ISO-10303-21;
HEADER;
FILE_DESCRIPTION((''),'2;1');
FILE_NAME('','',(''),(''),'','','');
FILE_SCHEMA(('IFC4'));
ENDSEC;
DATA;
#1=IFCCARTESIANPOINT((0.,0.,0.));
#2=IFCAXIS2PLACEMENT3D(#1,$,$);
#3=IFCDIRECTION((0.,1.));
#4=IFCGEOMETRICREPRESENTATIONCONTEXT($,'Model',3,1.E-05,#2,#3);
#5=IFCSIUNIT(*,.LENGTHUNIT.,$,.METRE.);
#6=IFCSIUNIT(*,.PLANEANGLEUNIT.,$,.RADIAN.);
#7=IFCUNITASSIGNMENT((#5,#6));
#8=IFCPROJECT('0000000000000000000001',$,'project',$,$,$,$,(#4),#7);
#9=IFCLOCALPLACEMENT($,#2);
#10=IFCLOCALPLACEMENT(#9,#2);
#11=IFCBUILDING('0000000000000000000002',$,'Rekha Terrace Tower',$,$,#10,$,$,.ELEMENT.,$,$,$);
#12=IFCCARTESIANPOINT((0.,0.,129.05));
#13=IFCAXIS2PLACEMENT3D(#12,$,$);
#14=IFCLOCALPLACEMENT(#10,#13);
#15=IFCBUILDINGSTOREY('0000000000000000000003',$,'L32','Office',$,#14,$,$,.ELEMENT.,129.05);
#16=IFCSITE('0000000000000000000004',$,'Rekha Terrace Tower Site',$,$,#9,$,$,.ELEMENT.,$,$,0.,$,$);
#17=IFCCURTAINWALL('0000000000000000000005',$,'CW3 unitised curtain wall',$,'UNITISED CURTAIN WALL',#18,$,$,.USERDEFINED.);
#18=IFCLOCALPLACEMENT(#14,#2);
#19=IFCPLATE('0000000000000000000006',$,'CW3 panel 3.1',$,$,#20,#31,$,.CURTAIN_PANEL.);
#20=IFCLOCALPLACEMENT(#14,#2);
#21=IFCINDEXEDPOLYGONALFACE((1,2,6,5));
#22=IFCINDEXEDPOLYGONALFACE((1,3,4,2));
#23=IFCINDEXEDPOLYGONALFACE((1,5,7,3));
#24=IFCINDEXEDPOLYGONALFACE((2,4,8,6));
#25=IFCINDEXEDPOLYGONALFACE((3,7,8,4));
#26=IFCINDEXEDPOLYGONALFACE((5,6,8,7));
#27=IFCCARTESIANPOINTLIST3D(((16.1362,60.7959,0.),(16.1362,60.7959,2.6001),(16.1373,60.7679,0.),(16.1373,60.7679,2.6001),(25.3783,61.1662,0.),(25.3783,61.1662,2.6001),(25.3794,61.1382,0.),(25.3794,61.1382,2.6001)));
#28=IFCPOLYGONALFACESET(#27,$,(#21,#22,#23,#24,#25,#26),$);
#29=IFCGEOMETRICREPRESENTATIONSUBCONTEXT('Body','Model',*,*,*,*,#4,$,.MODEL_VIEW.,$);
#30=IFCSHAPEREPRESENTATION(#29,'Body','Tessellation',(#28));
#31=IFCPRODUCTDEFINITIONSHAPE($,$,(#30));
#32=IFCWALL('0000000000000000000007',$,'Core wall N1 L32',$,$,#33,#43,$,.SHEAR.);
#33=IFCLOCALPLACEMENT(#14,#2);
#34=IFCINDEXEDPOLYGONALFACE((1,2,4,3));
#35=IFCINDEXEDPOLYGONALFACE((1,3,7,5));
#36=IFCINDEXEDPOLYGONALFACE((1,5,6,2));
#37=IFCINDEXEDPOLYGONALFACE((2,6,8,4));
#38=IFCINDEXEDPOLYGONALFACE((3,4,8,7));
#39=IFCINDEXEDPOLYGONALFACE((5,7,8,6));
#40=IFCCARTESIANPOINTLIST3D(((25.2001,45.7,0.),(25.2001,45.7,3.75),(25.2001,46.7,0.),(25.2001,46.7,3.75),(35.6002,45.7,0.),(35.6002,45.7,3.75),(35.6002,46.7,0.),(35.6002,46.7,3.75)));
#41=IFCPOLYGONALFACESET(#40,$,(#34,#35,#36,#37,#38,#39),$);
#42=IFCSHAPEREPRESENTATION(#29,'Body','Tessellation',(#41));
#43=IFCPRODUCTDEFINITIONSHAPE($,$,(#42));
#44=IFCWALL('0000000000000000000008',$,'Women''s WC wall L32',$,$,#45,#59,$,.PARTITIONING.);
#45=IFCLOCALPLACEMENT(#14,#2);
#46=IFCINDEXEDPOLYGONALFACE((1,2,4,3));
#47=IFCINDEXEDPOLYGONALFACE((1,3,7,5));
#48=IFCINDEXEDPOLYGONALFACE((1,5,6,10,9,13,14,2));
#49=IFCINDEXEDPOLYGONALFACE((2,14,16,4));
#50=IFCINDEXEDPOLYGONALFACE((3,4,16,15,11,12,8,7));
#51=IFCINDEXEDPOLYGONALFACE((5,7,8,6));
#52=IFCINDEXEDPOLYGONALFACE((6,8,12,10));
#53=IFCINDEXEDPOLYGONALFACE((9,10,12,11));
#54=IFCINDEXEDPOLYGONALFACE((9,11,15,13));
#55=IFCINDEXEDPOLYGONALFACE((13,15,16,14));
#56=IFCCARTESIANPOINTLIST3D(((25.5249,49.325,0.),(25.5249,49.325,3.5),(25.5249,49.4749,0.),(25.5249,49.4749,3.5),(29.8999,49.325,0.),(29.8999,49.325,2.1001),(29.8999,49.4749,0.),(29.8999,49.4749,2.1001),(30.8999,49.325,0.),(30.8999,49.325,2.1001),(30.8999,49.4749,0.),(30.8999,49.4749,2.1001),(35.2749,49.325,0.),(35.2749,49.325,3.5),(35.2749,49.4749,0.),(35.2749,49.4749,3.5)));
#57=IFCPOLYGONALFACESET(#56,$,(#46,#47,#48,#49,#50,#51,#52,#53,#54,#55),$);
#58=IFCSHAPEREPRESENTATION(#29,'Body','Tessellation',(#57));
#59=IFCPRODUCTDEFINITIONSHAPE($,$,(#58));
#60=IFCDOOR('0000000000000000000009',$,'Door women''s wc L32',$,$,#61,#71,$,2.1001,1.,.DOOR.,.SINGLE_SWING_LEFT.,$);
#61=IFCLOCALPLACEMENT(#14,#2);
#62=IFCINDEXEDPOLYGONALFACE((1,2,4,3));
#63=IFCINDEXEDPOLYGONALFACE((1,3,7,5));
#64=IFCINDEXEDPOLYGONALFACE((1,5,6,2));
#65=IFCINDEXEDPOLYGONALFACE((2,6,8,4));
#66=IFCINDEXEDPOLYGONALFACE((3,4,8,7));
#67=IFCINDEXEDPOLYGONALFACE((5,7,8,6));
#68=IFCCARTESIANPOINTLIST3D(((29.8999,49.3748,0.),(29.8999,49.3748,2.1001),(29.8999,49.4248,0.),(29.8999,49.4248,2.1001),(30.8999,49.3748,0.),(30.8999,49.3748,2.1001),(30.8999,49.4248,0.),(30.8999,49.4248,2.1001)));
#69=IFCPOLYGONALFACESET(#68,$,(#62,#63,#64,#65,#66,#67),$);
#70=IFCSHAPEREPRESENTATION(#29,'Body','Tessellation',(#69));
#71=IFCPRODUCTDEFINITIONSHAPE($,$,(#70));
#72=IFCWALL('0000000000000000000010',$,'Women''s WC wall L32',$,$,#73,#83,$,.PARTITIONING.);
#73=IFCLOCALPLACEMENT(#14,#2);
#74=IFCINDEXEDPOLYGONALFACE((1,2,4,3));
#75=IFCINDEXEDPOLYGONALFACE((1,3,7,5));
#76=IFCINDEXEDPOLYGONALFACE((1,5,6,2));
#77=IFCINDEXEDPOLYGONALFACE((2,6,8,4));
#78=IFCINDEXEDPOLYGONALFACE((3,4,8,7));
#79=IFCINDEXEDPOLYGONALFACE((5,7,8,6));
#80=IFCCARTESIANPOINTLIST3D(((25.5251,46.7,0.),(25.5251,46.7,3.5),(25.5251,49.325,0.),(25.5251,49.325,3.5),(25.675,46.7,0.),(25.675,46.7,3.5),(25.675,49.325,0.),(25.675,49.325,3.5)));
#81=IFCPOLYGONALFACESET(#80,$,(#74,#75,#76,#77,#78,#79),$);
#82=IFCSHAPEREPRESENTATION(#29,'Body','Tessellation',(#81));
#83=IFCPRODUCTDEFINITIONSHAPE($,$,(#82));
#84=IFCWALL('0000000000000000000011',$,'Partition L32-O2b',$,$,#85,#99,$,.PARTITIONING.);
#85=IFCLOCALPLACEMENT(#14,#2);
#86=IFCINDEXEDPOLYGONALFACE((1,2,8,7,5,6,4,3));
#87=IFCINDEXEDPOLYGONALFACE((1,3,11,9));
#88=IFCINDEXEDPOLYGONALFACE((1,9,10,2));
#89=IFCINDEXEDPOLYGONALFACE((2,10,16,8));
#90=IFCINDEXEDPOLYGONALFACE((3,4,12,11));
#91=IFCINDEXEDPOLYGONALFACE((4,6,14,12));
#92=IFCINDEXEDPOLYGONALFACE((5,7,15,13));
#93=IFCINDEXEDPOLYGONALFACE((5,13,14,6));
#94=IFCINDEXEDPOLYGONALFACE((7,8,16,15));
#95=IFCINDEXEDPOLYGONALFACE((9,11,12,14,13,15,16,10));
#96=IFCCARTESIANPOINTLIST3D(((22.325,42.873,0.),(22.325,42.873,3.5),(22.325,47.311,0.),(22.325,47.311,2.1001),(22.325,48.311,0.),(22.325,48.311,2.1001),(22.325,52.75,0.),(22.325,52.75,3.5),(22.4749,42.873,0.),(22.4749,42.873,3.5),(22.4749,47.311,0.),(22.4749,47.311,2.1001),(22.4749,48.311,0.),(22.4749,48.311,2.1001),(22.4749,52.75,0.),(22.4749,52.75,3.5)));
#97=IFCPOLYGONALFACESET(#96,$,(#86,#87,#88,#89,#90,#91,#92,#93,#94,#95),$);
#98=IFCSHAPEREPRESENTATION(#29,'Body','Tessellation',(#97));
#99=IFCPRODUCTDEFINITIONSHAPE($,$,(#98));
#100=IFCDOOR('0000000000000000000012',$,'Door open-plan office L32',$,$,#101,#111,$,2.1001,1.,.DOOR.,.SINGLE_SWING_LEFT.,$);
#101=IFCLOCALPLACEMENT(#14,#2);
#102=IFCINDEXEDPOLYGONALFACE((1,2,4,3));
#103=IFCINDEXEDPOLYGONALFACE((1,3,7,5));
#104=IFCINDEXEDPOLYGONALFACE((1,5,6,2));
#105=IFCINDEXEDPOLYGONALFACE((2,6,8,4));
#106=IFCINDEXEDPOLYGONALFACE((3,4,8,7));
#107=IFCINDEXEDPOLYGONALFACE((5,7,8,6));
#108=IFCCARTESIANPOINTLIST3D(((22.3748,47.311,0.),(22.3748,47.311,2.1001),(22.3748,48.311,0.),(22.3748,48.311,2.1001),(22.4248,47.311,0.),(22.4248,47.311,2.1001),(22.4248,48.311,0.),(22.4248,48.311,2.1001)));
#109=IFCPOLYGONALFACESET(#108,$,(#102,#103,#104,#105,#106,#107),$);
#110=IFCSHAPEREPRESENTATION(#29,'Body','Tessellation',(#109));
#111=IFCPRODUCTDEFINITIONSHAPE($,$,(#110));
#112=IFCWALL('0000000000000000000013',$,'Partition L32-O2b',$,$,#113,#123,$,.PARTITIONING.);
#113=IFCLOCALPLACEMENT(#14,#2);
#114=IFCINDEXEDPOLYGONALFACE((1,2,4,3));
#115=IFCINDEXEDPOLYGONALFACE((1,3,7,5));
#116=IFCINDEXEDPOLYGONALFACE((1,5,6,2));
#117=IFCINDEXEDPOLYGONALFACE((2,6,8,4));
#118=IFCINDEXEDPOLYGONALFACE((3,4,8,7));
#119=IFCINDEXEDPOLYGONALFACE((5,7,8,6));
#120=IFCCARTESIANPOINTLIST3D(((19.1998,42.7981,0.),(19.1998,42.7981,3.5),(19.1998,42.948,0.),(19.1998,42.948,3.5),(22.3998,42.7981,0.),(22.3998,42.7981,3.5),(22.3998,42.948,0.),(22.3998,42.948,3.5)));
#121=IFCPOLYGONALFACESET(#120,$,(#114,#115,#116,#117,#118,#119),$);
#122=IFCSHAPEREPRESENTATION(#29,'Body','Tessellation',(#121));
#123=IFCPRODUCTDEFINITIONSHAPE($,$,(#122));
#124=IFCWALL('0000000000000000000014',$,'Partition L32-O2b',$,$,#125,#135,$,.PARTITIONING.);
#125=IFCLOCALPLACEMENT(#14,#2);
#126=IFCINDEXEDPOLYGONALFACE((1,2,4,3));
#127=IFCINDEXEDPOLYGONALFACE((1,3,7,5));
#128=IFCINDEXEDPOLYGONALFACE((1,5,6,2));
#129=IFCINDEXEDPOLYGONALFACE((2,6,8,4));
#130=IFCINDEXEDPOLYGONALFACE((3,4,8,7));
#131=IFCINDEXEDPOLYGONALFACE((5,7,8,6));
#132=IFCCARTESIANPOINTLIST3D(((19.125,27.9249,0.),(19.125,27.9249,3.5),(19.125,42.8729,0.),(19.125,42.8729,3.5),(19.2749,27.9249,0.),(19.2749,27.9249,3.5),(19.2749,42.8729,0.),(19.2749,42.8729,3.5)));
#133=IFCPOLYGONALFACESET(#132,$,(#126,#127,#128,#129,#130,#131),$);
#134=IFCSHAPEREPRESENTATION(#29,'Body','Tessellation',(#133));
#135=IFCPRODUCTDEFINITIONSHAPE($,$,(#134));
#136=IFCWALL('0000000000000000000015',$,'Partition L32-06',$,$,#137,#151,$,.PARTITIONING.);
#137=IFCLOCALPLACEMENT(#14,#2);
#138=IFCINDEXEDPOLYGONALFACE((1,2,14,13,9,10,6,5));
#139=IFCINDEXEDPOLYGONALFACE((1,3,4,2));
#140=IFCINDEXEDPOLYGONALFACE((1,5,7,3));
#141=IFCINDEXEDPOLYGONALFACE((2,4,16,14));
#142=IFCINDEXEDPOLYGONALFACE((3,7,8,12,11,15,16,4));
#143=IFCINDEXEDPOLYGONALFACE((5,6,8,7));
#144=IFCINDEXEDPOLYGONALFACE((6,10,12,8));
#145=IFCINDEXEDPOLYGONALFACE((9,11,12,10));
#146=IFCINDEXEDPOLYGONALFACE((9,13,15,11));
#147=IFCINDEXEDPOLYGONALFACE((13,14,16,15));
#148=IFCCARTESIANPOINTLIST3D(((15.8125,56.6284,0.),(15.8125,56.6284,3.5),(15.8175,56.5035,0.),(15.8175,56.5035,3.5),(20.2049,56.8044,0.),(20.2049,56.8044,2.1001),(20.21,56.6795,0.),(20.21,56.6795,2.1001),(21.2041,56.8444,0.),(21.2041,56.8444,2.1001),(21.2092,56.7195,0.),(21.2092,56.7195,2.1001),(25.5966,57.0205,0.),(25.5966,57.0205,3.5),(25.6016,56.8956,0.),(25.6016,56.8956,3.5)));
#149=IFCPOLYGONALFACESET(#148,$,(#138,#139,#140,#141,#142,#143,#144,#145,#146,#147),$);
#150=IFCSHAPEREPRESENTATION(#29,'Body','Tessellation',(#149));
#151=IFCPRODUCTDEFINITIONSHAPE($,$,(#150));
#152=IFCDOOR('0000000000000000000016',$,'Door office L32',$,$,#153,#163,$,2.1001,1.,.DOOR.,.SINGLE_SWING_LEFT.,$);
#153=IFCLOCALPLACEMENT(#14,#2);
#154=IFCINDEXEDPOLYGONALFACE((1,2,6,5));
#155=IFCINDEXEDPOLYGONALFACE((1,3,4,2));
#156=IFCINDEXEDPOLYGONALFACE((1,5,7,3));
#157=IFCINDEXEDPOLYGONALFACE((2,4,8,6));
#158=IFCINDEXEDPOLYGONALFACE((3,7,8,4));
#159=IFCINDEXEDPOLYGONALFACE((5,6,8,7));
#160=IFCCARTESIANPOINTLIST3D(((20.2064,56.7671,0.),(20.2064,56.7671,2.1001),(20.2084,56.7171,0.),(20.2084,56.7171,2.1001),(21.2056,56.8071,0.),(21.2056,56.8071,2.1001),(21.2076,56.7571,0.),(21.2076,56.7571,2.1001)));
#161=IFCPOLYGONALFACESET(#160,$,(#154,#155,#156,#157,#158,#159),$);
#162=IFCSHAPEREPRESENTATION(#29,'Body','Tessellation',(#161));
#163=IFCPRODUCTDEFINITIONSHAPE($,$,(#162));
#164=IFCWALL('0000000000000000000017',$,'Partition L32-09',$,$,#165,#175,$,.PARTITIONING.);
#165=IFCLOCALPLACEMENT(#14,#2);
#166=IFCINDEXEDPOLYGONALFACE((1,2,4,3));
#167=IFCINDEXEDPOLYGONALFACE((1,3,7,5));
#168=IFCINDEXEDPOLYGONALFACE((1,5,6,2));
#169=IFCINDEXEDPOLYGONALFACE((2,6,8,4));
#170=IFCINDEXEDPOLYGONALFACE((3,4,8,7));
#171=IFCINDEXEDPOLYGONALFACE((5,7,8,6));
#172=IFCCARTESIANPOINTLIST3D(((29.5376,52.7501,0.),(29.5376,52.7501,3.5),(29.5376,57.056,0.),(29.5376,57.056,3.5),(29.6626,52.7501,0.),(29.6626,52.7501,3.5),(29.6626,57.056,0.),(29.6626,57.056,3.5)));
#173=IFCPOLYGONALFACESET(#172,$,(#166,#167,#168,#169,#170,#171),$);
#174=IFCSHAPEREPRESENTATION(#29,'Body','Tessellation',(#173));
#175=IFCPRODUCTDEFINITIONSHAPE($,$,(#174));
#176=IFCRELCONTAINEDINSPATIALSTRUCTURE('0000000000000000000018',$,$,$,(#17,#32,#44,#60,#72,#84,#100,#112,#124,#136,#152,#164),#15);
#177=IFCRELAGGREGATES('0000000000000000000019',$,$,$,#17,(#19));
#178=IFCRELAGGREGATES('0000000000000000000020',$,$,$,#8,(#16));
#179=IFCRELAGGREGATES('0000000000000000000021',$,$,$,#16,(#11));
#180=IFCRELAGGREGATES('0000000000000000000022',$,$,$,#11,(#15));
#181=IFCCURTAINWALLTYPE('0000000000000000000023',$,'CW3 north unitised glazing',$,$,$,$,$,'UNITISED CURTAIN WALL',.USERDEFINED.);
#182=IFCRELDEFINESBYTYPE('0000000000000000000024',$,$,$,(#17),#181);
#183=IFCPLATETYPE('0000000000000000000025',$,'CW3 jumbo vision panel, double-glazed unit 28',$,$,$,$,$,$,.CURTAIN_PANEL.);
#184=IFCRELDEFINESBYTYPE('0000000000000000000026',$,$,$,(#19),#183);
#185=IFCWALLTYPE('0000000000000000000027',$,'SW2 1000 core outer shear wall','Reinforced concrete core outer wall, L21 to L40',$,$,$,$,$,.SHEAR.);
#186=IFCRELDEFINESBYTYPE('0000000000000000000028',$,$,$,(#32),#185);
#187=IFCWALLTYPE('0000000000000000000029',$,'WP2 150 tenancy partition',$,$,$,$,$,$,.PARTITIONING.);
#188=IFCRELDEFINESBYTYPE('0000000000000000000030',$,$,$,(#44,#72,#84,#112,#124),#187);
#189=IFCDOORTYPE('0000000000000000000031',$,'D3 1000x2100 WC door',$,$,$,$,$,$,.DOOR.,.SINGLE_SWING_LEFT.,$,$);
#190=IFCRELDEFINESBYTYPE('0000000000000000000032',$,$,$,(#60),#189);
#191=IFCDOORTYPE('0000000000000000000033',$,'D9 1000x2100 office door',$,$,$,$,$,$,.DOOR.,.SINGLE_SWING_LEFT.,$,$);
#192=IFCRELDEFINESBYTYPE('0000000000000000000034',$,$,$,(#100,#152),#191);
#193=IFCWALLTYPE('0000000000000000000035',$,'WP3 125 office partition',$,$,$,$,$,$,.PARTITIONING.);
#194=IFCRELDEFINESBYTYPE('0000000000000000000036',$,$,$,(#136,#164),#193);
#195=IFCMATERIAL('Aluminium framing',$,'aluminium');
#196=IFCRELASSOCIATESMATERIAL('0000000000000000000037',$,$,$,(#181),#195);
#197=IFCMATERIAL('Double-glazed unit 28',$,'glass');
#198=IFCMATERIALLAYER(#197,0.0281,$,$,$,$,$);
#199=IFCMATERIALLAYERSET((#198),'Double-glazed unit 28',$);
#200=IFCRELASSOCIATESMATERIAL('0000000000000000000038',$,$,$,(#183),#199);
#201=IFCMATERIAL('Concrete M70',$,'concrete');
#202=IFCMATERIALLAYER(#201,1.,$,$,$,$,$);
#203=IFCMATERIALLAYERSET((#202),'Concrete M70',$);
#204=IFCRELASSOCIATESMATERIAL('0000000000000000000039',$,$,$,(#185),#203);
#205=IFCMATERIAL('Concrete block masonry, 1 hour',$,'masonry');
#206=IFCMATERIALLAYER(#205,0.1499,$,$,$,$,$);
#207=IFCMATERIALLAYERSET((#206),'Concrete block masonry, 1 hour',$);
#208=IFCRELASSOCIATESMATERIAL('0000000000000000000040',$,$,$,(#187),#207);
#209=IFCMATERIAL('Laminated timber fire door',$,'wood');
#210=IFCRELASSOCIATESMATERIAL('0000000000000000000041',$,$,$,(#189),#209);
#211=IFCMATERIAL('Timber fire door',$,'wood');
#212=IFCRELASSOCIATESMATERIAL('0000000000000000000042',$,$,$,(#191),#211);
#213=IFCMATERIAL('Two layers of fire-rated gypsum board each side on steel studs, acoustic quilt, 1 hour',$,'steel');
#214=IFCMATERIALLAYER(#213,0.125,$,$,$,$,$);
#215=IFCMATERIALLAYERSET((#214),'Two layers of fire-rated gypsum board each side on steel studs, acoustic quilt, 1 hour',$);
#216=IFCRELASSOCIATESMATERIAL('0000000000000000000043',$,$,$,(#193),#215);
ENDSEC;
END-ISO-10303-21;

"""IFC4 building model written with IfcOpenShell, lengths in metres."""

from ifc_helpers import new_model, si_unit, direction, frame, frame_2d, origin, origin_2d, place, context, subcontext, project, spatial, rectangle, extrude, material, layer, layer_set, type_object, element, fill, aggregate, save


model = new_model("IFC4")

# Units and contexts
model_context = context("Model", 3, precision=1e-05, world=origin(), true_north=direction((0.0, 1.0)))
body_context = subcontext(model_context, "Body", "Model", "MODEL_VIEW")
ifc_project = project(units=[si_unit("LENGTHUNIT", "METRE"), si_unit("PLANEANGLEUNIT", "RADIAN")], contexts=[model_context])

# Site, building, storey
site_placement = place(None, origin())
site = spatial("IfcSite", under=ifc_project, at=site_placement, Name="Rekha Terrace Tower Site", CompositionType="ELEMENT", RefElevation=0.0)
building_placement = place(site_placement, origin())
building = spatial("IfcBuilding", under=site, at=building_placement, Name="Rekha Terrace Tower", CompositionType="ELEMENT")
storey_placement = place(building_placement, frame((0.0, 0.0, 129.05)))
storey = spatial("IfcBuildingStorey", under=building, at=storey_placement, Name="L32", Description="Office", CompositionType="ELEMENT", Elevation=129.05)

# Shared definitions
ifc_material_1 = material(Name="Concrete M70", Category="concrete")

# Curtain wall, plate
ifc_material_2 = material(Name="Aluminium framing", Category="aluminium")
curtain_wall_type = type_object("IfcCurtainWallType", Name="CW3 north unitised glazing", ElementType="UNITISED CURTAIN WALL", PredefinedType="USERDEFINED", material=ifc_material_2)
curtain_wall_placement = place(storey_placement, origin())
curtain_wall = element("IfcCurtainWall", 1, at=curtain_wall_placement, inside=storey, type_object=curtain_wall_type, Name="CW3 unitised curtain wall", ObjectType="UNITISED CURTAIN WALL", PredefinedType="USERDEFINED")
ifc_material_3 = material(Name="Double-glazed unit 28", Category="glass")
ifc_layer_1 = layer(ifc_material_3, 0.0281)
ifc_layer_set_1 = layer_set([ifc_layer_1], Name="Double-glazed unit 28")
plate_type = type_object("IfcPlateType", Name="CW3 jumbo vision panel, double-glazed unit 28", PredefinedType="CURTAIN_PANEL", material=ifc_layer_set_1)
plate_1_placement = place(storey_placement, frame((20.7578, 60.967, 0.0), z_axis=(0.0, 0.0, 1.0), x_axis=(-0.999198, -0.040032, 0.0)))
plate_1 = element("IfcPlate", 2, at=plate_1_placement, type_object=plate_type, Name="CW3 panel 3.1", PredefinedType="CURTAIN_PANEL", context=body_context, shape_type="SweptSolid", body=[
    extrude(rectangle(XDim=9.2495, YDim=0.0281, at=origin_2d()), origin(), (0.0, 0.0, 1.0), 2.6001),
])
aggregate(curtain_wall, [plate_1])

# Wall
ifc_layer_2 = layer(ifc_material_1, 1.0)
ifc_layer_set_2 = layer_set([ifc_layer_2], Name="Concrete M70")
wall_type_1 = type_object("IfcWallType", Name="SW2 1000 core outer shear wall", Description="Reinforced concrete core outer wall, L21 to L40", PredefinedType="SHEAR", material=ifc_layer_set_2)
wall_1_placement = place(storey_placement, frame((25.2, 46.2, 0.0), z_axis=(0.0, 0.0, 1.0), x_axis=(1.0, 0.0, 0.0)))
element("IfcWall", 3, at=wall_1_placement, inside=storey, type_object=wall_type_1, Name="Core wall N1 L32", PredefinedType="SHEAR", context=body_context, shape_type="SweptSolid", body=[
    extrude(rectangle(XDim=10.4001, YDim=1.0, at=frame_2d((5.2002, 0.0))), origin(), (0.0, 0.0, 1.0), 3.75),
])

# Wall, opening, door
ifc_material_4 = material(Name="Concrete block masonry, 1 hour", Category="masonry")
ifc_layer_3 = layer(ifc_material_4, 0.1499)
ifc_layer_set_3 = layer_set([ifc_layer_3], Name="Concrete block masonry, 1 hour")
wall_type_2 = type_object("IfcWallType", Name="WP2 150 tenancy partition", PredefinedType="PARTITIONING", material=ifc_layer_set_3)
wall_2_placement = place(storey_placement, frame((25.5249, 49.3999, 0.0), z_axis=(0.0, 0.0, 1.0), x_axis=(1.0, 0.0, 0.0)))
wall_2 = element("IfcWall", 4, at=wall_2_placement, inside=storey, type_object=wall_type_2, Name="Women's WC wall L32", PredefinedType="PARTITIONING", context=body_context, shape_type="SweptSolid", body=[
    extrude(rectangle(XDim=9.75, YDim=0.1499, at=frame_2d((4.875, 0.0))), origin(), (0.0, 0.0, 1.0), 3.5),
])
opening_1_placement = place(wall_2_placement, frame((4.375, 0.0, 0.0)))
opening_1 = element("IfcOpeningElement", 5, at=opening_1_placement, cuts=wall_2, PredefinedType="OPENING", context=body_context, shape_type="SweptSolid", body=[
    extrude(rectangle(XDim=1.0, YDim=2.1001, at=frame_2d((0.5, 1.05))), frame((0.0, 0.085, 0.0), z_axis=(0.0, -1.0, 0.0), x_axis=(1.0, 0.0, 0.0)), (0.0, 0.0, 1.0), 0.1699),
])
ifc_material_5 = material(Name="Laminated timber fire door", Category="wood")
door_type_1 = type_object("IfcDoorType", Name="D3 1000x2100 WC door", OperationType="SINGLE_SWING_LEFT", PredefinedType="DOOR", material=ifc_material_5)
door_1_placement = place(opening_1_placement, origin())
door_1 = element("IfcDoor", 6, at=door_1_placement, inside=storey, type_object=door_type_1, Name="Door women's wc L32", OperationType="SINGLE_SWING_LEFT", OverallHeight=2.1001, OverallWidth=1.0, PredefinedType="DOOR", context=body_context, shape_type="SweptSolid", body=[
    extrude(rectangle(XDim=1.0, YDim=2.1001, at=frame_2d((0.5, 1.05))), frame((0.0, 0.0249, 0.0), z_axis=(0.0, -1.0, 0.0), x_axis=(1.0, 0.0, 0.0)), (0.0, 0.0, 1.0), 0.05),
])
fill(opening_1, door_1)

# Wall
wall_3_placement = place(storey_placement, frame((25.6001, 46.7, 0.0), z_axis=(0.0, 0.0, 1.0), x_axis=(0.0, 1.0, 0.0)))
element("IfcWall", 7, at=wall_3_placement, inside=storey, type_object=wall_type_2, Name="Women's WC wall L32", PredefinedType="PARTITIONING", context=body_context, shape_type="SweptSolid", body=[
    extrude(rectangle(XDim=2.625, YDim=0.1499, at=frame_2d((1.3125, 0.0))), origin(), (0.0, 0.0, 1.0), 3.5),
])

# Wall, opening, door
wall_4_placement = place(storey_placement, frame((22.3999, 52.75, 0.0), z_axis=(0.0, 0.0, 1.0), x_axis=(0.0, -1.0, 0.0)))
wall_4 = element("IfcWall", 8, at=wall_4_placement, inside=storey, type_object=wall_type_2, Name="Partition L32-O2b", PredefinedType="PARTITIONING", context=body_context, shape_type="SweptSolid", body=[
    extrude(rectangle(XDim=9.877, YDim=0.1499, at=frame_2d((4.9385, 0.0))), origin(), (0.0, 0.0, 1.0), 3.5),
])
opening_2_placement = place(wall_4_placement, frame((4.439, 0.0, 0.0)))
opening_2 = element("IfcOpeningElement", 9, at=opening_2_placement, cuts=wall_4, PredefinedType="OPENING", context=body_context, shape_type="SweptSolid", body=[
    extrude(rectangle(XDim=1.0, YDim=2.1001, at=frame_2d((0.5, 1.05))), frame((0.0, 0.085, 0.0), z_axis=(0.0, -1.0, 0.0), x_axis=(1.0, 0.0, 0.0)), (0.0, 0.0, 1.0), 0.1699),
])
ifc_material_6 = material(Name="Timber fire door", Category="wood")
door_type_2 = type_object("IfcDoorType", Name="D9 1000x2100 office door", OperationType="SINGLE_SWING_LEFT", PredefinedType="DOOR", material=ifc_material_6)
door_2_placement = place(opening_2_placement, origin())
door_2 = element("IfcDoor", 10, at=door_2_placement, inside=storey, type_object=door_type_2, Name="Door open-plan office L32", OperationType="SINGLE_SWING_LEFT", OverallHeight=2.1001, OverallWidth=1.0, PredefinedType="DOOR", context=body_context, shape_type="SweptSolid", body=[
    extrude(rectangle(XDim=1.0, YDim=2.1001, at=frame_2d((0.5, 1.05))), frame((0.0, 0.0249, 0.0), z_axis=(0.0, -1.0, 0.0), x_axis=(1.0, 0.0, 0.0)), (0.0, 0.0, 1.0), 0.05),
])
fill(opening_2, door_2)

# Walls
wall_5_placement = place(storey_placement, frame((22.3999, 42.873, 0.0), z_axis=(0.0, 0.0, 1.0), x_axis=(-1.0, 0.0, 0.0)))
element("IfcWall", 11, at=wall_5_placement, inside=storey, type_object=wall_type_2, Name="Partition L32-O2b", PredefinedType="PARTITIONING", context=body_context, shape_type="SweptSolid", body=[
    extrude(rectangle(XDim=3.2, YDim=0.1499, at=frame_2d((1.6001, 0.0))), origin(), (0.0, 0.0, 1.0), 3.5),
])
wall_6_placement = place(storey_placement, frame((19.2, 42.873, 0.0), z_axis=(0.0, 0.0, 1.0), x_axis=(0.0, -1.0, 0.0)))
element("IfcWall", 12, at=wall_6_placement, inside=storey, type_object=wall_type_2, Name="Partition L32-O2b", PredefinedType="PARTITIONING", context=body_context, shape_type="SweptSolid", body=[
    extrude(rectangle(XDim=14.948, YDim=0.1499, at=frame_2d((7.4741, 0.0))), origin(), (0.0, 0.0, 1.0), 3.5),
])

# Wall, opening, door
ifc_material_7 = material(Name="Two layers of fire-rated gypsum board each side on steel studs, acoustic quilt, 1 hour", Category="steel")
ifc_layer_4 = layer(ifc_material_7, 0.125)
ifc_layer_set_4 = layer_set([ifc_layer_4], Name="Two layers of fire-rated gypsum board each side on steel studs, acoustic quilt, 1 hour")
wall_type_3 = type_object("IfcWallType", Name="WP3 125 office partition", PredefinedType="PARTITIONING", material=ifc_layer_set_4)
wall_7_placement = place(storey_placement, frame((25.5991, 56.958, 0.0), z_axis=(0.0, 0.0, 1.0), x_axis=(-0.999198, -0.040042, 0.0)))
wall_7 = element("IfcWall", 13, at=wall_7_placement, inside=storey, type_object=wall_type_3, Name="Partition L32-06", PredefinedType="PARTITIONING", context=body_context, shape_type="SweptSolid", body=[
    extrude(rectangle(XDim=9.792, YDim=0.125, at=frame_2d((4.896, 0.0))), origin(), (0.0, 0.0, 1.0), 3.5),
])
opening_3_placement = place(wall_7_placement, frame((4.396, 0.0, 0.0)))
opening_3 = element("IfcOpeningElement", 14, at=opening_3_placement, cuts=wall_7, PredefinedType="OPENING", context=body_context, shape_type="SweptSolid", body=[
    extrude(rectangle(XDim=1.0, YDim=2.1001, at=frame_2d((0.5, 1.05))), frame((0.0, 0.0725, 0.0), z_axis=(0.0, -1.0, 0.0), x_axis=(1.0, 0.0, 0.0)), (0.0, 0.0, 1.0), 0.145),
])
door_3_placement = place(opening_3_placement, origin())
door_3 = element("IfcDoor", 15, at=door_3_placement, inside=storey, type_object=door_type_2, Name="Door office L32", OperationType="SINGLE_SWING_LEFT", OverallHeight=2.1001, OverallWidth=1.0, PredefinedType="DOOR", context=body_context, shape_type="SweptSolid", body=[
    extrude(rectangle(XDim=1.0, YDim=2.1001, at=frame_2d((0.5, 1.05))), frame((0.0, 0.0249, 0.0), z_axis=(0.0, -1.0, 0.0), x_axis=(1.0, 0.0, 0.0)), (0.0, 0.0, 1.0), 0.05),
])
fill(opening_3, door_3)

# Wall
wall_8_placement = place(storey_placement, frame((29.6001, 57.0559, 0.0), z_axis=(0.0, 0.0, 1.0), x_axis=(0.0, -1.0, 0.0)))
element("IfcWall", 16, at=wall_8_placement, inside=storey, type_object=wall_type_3, Name="Partition L32-09", PredefinedType="PARTITIONING", context=body_context, shape_type="SweptSolid", body=[
    extrude(rectangle(XDim=4.3059, YDim=0.125, at=frame_2d((2.1528, 0.0))), origin(), (0.0, 0.0, 1.0), 3.5),
])

save(model, "model.ifc")
